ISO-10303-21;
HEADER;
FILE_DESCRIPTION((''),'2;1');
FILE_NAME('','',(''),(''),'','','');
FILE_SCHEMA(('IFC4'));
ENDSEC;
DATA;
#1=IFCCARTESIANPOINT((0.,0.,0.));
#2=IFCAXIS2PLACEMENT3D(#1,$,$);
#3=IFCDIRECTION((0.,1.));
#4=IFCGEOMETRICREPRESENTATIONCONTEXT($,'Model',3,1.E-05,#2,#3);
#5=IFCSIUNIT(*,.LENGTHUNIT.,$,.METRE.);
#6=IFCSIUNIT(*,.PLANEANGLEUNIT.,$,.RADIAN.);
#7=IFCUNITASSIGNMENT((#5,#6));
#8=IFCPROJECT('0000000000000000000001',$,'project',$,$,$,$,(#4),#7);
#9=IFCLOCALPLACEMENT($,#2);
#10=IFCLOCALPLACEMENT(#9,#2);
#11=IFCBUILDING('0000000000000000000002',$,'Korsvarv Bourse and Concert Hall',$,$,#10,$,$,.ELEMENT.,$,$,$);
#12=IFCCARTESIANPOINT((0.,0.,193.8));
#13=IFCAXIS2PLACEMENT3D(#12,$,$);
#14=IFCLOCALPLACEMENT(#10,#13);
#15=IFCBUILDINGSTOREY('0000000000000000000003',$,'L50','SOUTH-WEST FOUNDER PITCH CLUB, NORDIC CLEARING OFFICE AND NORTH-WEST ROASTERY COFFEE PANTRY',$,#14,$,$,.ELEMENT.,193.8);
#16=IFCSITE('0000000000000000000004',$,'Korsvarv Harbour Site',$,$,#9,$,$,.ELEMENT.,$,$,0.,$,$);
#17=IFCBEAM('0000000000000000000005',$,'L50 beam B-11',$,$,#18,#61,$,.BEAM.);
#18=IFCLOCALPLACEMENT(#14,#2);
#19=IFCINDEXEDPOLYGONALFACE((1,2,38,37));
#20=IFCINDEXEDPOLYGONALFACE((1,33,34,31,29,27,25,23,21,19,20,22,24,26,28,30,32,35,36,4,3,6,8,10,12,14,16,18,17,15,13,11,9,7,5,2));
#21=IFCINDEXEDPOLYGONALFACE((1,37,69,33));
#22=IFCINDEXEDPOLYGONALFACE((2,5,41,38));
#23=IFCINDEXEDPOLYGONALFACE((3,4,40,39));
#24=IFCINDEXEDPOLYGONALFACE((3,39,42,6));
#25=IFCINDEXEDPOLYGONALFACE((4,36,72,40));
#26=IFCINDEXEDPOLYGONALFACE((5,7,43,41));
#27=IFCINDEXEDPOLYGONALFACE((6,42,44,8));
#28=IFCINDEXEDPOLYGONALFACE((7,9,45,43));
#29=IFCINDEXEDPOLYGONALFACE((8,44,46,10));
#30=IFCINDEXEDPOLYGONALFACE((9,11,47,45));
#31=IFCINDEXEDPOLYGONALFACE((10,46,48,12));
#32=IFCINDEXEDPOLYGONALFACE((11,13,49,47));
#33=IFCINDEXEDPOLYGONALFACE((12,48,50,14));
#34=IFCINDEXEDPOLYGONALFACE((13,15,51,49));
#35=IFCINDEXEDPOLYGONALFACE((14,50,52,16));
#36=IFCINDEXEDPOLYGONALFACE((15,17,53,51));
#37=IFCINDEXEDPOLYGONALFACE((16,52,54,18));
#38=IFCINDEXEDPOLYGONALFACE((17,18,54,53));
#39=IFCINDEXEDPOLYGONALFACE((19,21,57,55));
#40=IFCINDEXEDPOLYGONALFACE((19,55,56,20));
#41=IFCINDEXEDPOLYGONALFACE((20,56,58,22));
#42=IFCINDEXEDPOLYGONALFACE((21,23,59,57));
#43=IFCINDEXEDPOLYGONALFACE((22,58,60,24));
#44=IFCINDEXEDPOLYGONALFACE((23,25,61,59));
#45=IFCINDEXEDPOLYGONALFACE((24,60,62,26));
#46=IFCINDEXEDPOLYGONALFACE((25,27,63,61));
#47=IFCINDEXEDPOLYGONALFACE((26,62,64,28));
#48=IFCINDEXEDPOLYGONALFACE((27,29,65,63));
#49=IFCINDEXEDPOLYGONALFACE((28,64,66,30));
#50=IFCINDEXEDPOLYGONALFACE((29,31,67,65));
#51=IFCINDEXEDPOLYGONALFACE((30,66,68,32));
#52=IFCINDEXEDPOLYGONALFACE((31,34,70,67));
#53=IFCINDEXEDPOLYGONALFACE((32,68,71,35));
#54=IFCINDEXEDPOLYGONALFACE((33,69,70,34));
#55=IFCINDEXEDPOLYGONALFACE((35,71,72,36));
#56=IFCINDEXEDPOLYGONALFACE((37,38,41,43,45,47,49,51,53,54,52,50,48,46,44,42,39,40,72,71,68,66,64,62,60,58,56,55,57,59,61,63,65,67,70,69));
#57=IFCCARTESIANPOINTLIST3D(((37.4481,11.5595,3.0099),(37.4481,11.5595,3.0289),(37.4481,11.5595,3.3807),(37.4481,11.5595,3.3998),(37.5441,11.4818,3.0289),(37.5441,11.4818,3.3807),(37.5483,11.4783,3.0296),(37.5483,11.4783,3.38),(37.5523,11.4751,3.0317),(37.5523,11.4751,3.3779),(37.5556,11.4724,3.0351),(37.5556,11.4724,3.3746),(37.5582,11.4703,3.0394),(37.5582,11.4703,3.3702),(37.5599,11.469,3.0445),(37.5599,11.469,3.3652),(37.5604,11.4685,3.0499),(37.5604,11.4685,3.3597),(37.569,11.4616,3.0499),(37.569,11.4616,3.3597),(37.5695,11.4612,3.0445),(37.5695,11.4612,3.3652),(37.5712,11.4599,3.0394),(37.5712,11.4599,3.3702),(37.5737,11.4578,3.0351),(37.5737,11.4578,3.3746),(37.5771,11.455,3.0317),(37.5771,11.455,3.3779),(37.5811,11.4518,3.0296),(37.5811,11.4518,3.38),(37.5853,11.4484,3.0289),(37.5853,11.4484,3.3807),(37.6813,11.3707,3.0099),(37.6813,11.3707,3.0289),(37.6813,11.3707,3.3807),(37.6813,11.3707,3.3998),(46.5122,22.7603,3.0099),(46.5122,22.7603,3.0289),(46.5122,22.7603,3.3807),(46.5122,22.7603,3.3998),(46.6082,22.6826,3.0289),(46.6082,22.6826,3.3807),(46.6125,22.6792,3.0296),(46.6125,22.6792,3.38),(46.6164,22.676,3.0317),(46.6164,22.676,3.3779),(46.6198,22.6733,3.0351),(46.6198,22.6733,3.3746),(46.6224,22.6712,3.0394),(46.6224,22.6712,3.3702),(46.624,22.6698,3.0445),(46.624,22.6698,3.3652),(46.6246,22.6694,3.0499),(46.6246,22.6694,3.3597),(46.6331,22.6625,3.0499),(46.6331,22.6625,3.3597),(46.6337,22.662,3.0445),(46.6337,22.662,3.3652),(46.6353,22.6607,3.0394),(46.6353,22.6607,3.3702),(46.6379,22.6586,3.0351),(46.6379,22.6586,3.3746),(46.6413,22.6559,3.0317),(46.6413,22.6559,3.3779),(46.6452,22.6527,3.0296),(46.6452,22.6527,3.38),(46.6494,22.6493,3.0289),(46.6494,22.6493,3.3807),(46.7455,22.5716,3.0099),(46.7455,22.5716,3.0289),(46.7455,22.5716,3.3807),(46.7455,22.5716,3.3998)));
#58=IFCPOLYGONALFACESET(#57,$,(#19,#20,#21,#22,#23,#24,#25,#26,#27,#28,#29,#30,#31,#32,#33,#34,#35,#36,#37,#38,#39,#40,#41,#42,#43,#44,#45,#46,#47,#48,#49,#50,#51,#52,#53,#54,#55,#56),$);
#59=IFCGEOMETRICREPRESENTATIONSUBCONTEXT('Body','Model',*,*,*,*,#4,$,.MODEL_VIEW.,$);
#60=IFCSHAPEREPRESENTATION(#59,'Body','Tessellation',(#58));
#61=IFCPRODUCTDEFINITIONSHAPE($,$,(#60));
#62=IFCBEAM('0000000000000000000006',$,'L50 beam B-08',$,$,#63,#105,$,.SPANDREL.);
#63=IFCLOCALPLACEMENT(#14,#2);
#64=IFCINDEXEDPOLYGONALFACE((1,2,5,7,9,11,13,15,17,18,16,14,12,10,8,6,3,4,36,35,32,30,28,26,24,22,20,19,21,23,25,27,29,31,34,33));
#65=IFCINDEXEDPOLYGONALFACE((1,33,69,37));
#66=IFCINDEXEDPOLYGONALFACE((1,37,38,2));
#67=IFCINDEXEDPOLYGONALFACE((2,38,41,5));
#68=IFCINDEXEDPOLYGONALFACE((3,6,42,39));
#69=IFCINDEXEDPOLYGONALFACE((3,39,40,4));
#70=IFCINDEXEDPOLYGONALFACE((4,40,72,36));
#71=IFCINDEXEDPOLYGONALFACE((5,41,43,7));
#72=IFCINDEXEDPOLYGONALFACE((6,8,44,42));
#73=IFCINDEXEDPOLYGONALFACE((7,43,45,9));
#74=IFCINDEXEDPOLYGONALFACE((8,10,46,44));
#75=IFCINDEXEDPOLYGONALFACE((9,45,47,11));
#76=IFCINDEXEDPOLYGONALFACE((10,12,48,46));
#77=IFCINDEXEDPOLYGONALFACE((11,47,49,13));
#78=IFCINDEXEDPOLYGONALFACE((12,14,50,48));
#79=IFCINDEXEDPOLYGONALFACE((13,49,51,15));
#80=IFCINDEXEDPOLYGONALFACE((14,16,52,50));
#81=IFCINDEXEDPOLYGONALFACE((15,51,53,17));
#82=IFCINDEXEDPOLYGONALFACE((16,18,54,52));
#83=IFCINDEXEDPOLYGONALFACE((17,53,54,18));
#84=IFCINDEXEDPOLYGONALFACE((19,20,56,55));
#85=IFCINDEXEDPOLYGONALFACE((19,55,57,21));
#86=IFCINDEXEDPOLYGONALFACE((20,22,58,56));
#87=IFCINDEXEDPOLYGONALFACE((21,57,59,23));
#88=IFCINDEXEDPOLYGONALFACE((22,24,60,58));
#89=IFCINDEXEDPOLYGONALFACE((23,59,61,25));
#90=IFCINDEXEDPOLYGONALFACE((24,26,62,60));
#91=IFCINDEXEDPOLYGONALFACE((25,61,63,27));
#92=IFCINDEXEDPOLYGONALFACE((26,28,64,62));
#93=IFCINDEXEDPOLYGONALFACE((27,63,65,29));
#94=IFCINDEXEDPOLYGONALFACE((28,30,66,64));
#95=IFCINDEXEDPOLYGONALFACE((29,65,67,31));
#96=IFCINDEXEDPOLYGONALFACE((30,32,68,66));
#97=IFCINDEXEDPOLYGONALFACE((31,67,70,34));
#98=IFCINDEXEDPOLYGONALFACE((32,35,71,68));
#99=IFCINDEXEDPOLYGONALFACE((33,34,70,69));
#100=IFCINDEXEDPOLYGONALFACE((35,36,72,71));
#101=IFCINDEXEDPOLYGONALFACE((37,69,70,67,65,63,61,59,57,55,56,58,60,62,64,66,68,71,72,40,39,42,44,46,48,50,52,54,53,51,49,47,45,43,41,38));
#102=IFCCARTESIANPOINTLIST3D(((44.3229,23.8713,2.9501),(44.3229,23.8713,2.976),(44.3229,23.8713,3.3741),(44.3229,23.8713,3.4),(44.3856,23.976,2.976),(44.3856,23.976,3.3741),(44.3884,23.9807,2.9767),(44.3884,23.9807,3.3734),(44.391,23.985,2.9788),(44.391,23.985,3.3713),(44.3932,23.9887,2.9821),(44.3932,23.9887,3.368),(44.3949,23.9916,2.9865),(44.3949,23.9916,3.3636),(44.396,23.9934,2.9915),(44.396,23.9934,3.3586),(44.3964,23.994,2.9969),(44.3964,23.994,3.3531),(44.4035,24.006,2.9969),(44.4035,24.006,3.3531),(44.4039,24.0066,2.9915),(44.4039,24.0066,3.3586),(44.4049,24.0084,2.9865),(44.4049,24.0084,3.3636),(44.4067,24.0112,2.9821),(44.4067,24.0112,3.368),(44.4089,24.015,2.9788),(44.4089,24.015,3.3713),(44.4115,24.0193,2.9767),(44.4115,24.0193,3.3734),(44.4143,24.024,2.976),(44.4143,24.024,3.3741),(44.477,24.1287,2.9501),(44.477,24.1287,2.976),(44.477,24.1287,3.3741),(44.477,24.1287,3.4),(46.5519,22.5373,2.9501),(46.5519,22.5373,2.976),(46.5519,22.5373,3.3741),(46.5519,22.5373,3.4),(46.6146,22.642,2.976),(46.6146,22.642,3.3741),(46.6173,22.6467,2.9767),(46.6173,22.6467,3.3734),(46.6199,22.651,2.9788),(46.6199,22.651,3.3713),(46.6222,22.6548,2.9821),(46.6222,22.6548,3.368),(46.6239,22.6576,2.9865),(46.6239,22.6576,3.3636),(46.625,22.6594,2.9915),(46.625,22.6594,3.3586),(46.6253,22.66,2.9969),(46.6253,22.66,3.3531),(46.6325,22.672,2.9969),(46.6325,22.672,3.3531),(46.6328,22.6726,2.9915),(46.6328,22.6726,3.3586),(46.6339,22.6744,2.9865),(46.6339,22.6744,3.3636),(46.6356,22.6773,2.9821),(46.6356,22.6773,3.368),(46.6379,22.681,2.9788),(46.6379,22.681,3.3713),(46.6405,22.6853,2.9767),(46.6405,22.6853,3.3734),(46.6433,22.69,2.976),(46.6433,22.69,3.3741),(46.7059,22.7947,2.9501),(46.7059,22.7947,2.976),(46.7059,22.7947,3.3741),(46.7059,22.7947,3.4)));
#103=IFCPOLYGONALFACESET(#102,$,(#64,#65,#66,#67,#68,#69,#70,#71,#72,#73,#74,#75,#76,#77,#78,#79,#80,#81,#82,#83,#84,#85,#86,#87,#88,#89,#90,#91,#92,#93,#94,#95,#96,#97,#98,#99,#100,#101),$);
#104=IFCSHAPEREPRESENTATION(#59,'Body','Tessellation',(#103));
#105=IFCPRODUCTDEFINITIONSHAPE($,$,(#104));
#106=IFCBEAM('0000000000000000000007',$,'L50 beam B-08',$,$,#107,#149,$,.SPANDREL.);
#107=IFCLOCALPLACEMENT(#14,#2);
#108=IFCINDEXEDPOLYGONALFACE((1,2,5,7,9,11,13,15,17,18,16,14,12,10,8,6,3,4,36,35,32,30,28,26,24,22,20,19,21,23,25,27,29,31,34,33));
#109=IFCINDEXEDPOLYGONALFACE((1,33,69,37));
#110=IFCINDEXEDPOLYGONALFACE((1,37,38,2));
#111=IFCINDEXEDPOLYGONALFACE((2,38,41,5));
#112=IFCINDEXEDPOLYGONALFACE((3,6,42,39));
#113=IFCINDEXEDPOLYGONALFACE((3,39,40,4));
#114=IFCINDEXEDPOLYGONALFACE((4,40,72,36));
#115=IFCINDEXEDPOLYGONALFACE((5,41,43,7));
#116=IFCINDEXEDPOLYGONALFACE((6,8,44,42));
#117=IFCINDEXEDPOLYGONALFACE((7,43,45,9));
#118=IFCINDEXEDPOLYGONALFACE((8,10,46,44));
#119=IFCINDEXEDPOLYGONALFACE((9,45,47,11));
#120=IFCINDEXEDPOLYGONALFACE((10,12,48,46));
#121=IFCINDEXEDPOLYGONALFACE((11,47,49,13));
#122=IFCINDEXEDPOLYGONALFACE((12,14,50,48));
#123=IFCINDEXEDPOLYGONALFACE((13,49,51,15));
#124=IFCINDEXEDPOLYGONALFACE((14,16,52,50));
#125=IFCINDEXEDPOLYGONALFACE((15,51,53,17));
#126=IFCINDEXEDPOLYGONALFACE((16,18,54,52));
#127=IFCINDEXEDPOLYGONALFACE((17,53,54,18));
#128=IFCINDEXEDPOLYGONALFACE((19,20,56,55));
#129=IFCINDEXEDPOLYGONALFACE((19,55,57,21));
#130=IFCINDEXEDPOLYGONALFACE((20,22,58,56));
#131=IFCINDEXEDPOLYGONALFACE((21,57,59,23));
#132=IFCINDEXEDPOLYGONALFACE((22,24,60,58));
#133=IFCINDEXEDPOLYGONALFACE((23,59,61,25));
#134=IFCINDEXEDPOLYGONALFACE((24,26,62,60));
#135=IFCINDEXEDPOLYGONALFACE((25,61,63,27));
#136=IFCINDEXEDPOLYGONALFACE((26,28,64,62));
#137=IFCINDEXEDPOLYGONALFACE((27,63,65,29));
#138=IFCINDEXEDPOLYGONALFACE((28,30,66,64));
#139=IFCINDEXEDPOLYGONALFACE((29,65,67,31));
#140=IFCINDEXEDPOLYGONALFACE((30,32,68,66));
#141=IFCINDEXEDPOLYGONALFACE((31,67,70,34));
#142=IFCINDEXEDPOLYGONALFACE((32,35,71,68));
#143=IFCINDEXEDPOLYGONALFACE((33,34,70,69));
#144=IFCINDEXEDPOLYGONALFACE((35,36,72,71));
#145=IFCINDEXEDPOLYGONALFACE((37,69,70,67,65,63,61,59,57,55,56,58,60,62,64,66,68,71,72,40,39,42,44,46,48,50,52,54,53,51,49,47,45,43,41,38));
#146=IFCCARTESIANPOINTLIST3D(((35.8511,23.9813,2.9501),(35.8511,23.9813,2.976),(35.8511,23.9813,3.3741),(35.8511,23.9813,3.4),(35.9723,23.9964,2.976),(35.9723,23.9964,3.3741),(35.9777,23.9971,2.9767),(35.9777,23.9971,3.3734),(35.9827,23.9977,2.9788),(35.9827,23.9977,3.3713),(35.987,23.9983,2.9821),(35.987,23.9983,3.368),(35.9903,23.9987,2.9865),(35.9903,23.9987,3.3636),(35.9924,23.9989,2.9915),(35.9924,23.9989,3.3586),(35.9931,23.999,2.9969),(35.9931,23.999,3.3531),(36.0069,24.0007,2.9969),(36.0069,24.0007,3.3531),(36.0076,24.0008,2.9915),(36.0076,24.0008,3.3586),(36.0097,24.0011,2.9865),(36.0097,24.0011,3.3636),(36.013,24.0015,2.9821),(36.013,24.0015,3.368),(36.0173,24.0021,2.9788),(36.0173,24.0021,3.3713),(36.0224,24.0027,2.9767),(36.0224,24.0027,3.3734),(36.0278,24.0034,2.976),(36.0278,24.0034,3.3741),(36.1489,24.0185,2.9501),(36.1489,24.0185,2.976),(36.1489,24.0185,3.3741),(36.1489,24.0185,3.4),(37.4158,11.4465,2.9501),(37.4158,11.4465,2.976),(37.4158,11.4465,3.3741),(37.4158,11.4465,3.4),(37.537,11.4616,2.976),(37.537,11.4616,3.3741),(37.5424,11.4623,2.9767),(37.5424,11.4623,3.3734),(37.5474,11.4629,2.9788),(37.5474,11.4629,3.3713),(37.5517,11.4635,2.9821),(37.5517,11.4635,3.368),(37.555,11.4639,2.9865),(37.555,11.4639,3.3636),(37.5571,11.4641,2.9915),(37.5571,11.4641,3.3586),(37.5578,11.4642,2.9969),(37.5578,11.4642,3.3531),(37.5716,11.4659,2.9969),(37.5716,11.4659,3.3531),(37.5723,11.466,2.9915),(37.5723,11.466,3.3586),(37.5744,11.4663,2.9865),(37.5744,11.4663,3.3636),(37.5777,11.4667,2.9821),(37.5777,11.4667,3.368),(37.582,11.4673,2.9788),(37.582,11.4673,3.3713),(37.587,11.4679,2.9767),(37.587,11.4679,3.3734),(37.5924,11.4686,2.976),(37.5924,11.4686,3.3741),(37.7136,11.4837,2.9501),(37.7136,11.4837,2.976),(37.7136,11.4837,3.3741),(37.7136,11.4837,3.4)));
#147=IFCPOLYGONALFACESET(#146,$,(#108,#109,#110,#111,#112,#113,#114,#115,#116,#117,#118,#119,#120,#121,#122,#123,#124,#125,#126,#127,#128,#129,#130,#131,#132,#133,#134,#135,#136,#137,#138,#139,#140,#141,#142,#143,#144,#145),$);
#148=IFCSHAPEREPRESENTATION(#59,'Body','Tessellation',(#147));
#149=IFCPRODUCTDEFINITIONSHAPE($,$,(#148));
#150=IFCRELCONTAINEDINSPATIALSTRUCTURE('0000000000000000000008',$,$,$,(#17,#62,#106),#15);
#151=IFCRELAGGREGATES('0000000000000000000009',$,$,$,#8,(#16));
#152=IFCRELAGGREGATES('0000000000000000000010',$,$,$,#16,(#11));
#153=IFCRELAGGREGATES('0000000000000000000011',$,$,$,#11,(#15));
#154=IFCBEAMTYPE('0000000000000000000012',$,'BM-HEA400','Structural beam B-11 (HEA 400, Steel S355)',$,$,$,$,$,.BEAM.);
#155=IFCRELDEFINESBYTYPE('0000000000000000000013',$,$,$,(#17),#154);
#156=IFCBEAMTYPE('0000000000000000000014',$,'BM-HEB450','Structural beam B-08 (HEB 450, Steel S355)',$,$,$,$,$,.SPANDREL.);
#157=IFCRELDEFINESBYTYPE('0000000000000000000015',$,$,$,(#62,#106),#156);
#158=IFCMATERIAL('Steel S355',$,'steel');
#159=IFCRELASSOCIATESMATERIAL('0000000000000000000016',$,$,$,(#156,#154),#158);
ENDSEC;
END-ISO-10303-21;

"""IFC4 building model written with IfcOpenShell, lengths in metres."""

from ifc_helpers import new_model, si_unit, direction, frame, origin, origin_2d, place, context, subcontext, project, spatial, i_section, extrude, source, transform, mapped, material, material_profile, profile_set, type_object, element, save


model = new_model("IFC4")

# Units and contexts
model_context = context("Model", 3, precision=1e-05, world=origin(), true_north=direction((0.0, 1.0)))
body_context = subcontext(model_context, "Body", "Model", "MODEL_VIEW")
ifc_project = project(units=[si_unit("LENGTHUNIT", "METRE"), si_unit("PLANEANGLEUNIT", "RADIAN")], contexts=[model_context])

# Site, building, storey
site_placement = place(None, origin())
site = spatial("IfcSite", under=ifc_project, at=site_placement, Name="Korsvarv Harbour Site", CompositionType="ELEMENT", RefElevation=0.0)
building_placement = place(site_placement, origin())
building = spatial("IfcBuilding", under=site, at=building_placement, Name="Korsvarv Bourse and Concert Hall", CompositionType="ELEMENT")
storey_placement = place(building_placement, frame((0.0, 0.0, 193.8)))
storey = spatial("IfcBuildingStorey", under=building, at=storey_placement, Name="L50", Description="SOUTH-WEST FOUNDER PITCH CLUB, NORDIC CLEARING OFFICE AND NORTH-WEST ROASTERY COFFEE PANTRY", CompositionType="ELEMENT", Elevation=193.8)

# Shared definitions
ifc_material_1 = material(Name="Steel S355", Category="steel")

# Beams
ifc_material_profile_1 = material_profile(ifc_material_1, i_section(OverallWidth=0.3, OverallDepth=0.45, WebThickness=0.0139, FlangeThickness=0.0259, FilletRadius=0.021, at=origin_2d()), Name="HEB 450")
ifc_profile_set_1 = profile_set([ifc_material_profile_1], Name="Steel S355")
beam_type_1 = type_object("IfcBeamType", Name="BM-HEB450", Description="Structural beam B-08 (HEB 450, Steel S355)", PredefinedType="SPANDREL", material=ifc_profile_set_1)
ifc_material_profile_2 = material_profile(ifc_material_1, i_section(OverallWidth=0.3, OverallDepth=0.3899, WebThickness=0.011, FlangeThickness=0.019, FilletRadius=0.021, at=origin_2d()), Name="HEA 400")
ifc_profile_set_2 = profile_set([ifc_material_profile_2], Name="Steel S355")
beam_type_2 = type_object("IfcBeamType", Name="BM-HEA400", Description="Structural beam B-11 (HEA 400, Steel S355)", PredefinedType="BEAM", material=ifc_profile_set_2)
shared_shape_1 = source(origin(), body_context, "Body", "SweptSolid", [
    extrude(i_section(OverallWidth=0.3, OverallDepth=0.3899, WebThickness=0.011, FlangeThickness=0.019, FilletRadius=0.021, at=origin_2d()), origin(), (0.0, 0.0, 1.0), 14.4089),
])
beam_1_placement = place(storey_placement, frame((37.5647, 11.4651, 3.2048), z_axis=(0.629064, 0.777354, 0.0), x_axis=(-0.777354, 0.629064, 0.0)))
element("IfcBeam", 1, at=beam_1_placement, inside=storey, type_object=beam_type_2, Name="L50 beam B-11", PredefinedType="BEAM", context=body_context, shape_type="MappedRepresentation", body=[
    mapped(shared_shape_1, transform((0.0, 0.0, 0.0), scale=1.0)),
])
shared_shape_2 = source(origin(), body_context, "Body", "SweptSolid", [
    extrude(i_section(OverallWidth=0.3, OverallDepth=0.45, WebThickness=0.0139, FlangeThickness=0.0259, FilletRadius=0.021, at=origin_2d()), origin(), (0.0, 0.0, 1.0), 2.5977),
])
beam_2_placement = place(storey_placement, frame((46.6289, 22.666, 3.175), z_axis=(-0.858073, 0.513528, 0.0), x_axis=(-0.513528, -0.858073, 0.0)))
element("IfcBeam", 2, at=beam_2_placement, inside=storey, type_object=beam_type_1, Name="L50 beam B-08", PredefinedType="SPANDREL", context=body_context, shape_type="MappedRepresentation", body=[
    mapped(shared_shape_2, transform((0.0, 0.0, 0.0), scale=1.0)),
])
shared_shape_3 = source(origin(), body_context, "Body", "SweptSolid", [
    extrude(i_section(OverallWidth=0.3, OverallDepth=0.45, WebThickness=0.0139, FlangeThickness=0.0259, FilletRadius=0.021, at=origin_2d()), origin(), (0.0, 0.0, 1.0), 12.6321),
])
beam_3_placement = place(storey_placement, frame((37.5647, 11.4651, 3.175), z_axis=(-0.123866, 0.992299, 0.0), x_axis=(-0.992299, -0.123866, 0.0)))
element("IfcBeam", 3, at=beam_3_placement, inside=storey, type_object=beam_type_1, Name="L50 beam B-08", PredefinedType="SPANDREL", context=body_context, shape_type="MappedRepresentation", body=[
    mapped(shared_shape_3, transform((0.0, 0.0, 0.0), scale=1.0)),
])

save(model, "model.ifc")
